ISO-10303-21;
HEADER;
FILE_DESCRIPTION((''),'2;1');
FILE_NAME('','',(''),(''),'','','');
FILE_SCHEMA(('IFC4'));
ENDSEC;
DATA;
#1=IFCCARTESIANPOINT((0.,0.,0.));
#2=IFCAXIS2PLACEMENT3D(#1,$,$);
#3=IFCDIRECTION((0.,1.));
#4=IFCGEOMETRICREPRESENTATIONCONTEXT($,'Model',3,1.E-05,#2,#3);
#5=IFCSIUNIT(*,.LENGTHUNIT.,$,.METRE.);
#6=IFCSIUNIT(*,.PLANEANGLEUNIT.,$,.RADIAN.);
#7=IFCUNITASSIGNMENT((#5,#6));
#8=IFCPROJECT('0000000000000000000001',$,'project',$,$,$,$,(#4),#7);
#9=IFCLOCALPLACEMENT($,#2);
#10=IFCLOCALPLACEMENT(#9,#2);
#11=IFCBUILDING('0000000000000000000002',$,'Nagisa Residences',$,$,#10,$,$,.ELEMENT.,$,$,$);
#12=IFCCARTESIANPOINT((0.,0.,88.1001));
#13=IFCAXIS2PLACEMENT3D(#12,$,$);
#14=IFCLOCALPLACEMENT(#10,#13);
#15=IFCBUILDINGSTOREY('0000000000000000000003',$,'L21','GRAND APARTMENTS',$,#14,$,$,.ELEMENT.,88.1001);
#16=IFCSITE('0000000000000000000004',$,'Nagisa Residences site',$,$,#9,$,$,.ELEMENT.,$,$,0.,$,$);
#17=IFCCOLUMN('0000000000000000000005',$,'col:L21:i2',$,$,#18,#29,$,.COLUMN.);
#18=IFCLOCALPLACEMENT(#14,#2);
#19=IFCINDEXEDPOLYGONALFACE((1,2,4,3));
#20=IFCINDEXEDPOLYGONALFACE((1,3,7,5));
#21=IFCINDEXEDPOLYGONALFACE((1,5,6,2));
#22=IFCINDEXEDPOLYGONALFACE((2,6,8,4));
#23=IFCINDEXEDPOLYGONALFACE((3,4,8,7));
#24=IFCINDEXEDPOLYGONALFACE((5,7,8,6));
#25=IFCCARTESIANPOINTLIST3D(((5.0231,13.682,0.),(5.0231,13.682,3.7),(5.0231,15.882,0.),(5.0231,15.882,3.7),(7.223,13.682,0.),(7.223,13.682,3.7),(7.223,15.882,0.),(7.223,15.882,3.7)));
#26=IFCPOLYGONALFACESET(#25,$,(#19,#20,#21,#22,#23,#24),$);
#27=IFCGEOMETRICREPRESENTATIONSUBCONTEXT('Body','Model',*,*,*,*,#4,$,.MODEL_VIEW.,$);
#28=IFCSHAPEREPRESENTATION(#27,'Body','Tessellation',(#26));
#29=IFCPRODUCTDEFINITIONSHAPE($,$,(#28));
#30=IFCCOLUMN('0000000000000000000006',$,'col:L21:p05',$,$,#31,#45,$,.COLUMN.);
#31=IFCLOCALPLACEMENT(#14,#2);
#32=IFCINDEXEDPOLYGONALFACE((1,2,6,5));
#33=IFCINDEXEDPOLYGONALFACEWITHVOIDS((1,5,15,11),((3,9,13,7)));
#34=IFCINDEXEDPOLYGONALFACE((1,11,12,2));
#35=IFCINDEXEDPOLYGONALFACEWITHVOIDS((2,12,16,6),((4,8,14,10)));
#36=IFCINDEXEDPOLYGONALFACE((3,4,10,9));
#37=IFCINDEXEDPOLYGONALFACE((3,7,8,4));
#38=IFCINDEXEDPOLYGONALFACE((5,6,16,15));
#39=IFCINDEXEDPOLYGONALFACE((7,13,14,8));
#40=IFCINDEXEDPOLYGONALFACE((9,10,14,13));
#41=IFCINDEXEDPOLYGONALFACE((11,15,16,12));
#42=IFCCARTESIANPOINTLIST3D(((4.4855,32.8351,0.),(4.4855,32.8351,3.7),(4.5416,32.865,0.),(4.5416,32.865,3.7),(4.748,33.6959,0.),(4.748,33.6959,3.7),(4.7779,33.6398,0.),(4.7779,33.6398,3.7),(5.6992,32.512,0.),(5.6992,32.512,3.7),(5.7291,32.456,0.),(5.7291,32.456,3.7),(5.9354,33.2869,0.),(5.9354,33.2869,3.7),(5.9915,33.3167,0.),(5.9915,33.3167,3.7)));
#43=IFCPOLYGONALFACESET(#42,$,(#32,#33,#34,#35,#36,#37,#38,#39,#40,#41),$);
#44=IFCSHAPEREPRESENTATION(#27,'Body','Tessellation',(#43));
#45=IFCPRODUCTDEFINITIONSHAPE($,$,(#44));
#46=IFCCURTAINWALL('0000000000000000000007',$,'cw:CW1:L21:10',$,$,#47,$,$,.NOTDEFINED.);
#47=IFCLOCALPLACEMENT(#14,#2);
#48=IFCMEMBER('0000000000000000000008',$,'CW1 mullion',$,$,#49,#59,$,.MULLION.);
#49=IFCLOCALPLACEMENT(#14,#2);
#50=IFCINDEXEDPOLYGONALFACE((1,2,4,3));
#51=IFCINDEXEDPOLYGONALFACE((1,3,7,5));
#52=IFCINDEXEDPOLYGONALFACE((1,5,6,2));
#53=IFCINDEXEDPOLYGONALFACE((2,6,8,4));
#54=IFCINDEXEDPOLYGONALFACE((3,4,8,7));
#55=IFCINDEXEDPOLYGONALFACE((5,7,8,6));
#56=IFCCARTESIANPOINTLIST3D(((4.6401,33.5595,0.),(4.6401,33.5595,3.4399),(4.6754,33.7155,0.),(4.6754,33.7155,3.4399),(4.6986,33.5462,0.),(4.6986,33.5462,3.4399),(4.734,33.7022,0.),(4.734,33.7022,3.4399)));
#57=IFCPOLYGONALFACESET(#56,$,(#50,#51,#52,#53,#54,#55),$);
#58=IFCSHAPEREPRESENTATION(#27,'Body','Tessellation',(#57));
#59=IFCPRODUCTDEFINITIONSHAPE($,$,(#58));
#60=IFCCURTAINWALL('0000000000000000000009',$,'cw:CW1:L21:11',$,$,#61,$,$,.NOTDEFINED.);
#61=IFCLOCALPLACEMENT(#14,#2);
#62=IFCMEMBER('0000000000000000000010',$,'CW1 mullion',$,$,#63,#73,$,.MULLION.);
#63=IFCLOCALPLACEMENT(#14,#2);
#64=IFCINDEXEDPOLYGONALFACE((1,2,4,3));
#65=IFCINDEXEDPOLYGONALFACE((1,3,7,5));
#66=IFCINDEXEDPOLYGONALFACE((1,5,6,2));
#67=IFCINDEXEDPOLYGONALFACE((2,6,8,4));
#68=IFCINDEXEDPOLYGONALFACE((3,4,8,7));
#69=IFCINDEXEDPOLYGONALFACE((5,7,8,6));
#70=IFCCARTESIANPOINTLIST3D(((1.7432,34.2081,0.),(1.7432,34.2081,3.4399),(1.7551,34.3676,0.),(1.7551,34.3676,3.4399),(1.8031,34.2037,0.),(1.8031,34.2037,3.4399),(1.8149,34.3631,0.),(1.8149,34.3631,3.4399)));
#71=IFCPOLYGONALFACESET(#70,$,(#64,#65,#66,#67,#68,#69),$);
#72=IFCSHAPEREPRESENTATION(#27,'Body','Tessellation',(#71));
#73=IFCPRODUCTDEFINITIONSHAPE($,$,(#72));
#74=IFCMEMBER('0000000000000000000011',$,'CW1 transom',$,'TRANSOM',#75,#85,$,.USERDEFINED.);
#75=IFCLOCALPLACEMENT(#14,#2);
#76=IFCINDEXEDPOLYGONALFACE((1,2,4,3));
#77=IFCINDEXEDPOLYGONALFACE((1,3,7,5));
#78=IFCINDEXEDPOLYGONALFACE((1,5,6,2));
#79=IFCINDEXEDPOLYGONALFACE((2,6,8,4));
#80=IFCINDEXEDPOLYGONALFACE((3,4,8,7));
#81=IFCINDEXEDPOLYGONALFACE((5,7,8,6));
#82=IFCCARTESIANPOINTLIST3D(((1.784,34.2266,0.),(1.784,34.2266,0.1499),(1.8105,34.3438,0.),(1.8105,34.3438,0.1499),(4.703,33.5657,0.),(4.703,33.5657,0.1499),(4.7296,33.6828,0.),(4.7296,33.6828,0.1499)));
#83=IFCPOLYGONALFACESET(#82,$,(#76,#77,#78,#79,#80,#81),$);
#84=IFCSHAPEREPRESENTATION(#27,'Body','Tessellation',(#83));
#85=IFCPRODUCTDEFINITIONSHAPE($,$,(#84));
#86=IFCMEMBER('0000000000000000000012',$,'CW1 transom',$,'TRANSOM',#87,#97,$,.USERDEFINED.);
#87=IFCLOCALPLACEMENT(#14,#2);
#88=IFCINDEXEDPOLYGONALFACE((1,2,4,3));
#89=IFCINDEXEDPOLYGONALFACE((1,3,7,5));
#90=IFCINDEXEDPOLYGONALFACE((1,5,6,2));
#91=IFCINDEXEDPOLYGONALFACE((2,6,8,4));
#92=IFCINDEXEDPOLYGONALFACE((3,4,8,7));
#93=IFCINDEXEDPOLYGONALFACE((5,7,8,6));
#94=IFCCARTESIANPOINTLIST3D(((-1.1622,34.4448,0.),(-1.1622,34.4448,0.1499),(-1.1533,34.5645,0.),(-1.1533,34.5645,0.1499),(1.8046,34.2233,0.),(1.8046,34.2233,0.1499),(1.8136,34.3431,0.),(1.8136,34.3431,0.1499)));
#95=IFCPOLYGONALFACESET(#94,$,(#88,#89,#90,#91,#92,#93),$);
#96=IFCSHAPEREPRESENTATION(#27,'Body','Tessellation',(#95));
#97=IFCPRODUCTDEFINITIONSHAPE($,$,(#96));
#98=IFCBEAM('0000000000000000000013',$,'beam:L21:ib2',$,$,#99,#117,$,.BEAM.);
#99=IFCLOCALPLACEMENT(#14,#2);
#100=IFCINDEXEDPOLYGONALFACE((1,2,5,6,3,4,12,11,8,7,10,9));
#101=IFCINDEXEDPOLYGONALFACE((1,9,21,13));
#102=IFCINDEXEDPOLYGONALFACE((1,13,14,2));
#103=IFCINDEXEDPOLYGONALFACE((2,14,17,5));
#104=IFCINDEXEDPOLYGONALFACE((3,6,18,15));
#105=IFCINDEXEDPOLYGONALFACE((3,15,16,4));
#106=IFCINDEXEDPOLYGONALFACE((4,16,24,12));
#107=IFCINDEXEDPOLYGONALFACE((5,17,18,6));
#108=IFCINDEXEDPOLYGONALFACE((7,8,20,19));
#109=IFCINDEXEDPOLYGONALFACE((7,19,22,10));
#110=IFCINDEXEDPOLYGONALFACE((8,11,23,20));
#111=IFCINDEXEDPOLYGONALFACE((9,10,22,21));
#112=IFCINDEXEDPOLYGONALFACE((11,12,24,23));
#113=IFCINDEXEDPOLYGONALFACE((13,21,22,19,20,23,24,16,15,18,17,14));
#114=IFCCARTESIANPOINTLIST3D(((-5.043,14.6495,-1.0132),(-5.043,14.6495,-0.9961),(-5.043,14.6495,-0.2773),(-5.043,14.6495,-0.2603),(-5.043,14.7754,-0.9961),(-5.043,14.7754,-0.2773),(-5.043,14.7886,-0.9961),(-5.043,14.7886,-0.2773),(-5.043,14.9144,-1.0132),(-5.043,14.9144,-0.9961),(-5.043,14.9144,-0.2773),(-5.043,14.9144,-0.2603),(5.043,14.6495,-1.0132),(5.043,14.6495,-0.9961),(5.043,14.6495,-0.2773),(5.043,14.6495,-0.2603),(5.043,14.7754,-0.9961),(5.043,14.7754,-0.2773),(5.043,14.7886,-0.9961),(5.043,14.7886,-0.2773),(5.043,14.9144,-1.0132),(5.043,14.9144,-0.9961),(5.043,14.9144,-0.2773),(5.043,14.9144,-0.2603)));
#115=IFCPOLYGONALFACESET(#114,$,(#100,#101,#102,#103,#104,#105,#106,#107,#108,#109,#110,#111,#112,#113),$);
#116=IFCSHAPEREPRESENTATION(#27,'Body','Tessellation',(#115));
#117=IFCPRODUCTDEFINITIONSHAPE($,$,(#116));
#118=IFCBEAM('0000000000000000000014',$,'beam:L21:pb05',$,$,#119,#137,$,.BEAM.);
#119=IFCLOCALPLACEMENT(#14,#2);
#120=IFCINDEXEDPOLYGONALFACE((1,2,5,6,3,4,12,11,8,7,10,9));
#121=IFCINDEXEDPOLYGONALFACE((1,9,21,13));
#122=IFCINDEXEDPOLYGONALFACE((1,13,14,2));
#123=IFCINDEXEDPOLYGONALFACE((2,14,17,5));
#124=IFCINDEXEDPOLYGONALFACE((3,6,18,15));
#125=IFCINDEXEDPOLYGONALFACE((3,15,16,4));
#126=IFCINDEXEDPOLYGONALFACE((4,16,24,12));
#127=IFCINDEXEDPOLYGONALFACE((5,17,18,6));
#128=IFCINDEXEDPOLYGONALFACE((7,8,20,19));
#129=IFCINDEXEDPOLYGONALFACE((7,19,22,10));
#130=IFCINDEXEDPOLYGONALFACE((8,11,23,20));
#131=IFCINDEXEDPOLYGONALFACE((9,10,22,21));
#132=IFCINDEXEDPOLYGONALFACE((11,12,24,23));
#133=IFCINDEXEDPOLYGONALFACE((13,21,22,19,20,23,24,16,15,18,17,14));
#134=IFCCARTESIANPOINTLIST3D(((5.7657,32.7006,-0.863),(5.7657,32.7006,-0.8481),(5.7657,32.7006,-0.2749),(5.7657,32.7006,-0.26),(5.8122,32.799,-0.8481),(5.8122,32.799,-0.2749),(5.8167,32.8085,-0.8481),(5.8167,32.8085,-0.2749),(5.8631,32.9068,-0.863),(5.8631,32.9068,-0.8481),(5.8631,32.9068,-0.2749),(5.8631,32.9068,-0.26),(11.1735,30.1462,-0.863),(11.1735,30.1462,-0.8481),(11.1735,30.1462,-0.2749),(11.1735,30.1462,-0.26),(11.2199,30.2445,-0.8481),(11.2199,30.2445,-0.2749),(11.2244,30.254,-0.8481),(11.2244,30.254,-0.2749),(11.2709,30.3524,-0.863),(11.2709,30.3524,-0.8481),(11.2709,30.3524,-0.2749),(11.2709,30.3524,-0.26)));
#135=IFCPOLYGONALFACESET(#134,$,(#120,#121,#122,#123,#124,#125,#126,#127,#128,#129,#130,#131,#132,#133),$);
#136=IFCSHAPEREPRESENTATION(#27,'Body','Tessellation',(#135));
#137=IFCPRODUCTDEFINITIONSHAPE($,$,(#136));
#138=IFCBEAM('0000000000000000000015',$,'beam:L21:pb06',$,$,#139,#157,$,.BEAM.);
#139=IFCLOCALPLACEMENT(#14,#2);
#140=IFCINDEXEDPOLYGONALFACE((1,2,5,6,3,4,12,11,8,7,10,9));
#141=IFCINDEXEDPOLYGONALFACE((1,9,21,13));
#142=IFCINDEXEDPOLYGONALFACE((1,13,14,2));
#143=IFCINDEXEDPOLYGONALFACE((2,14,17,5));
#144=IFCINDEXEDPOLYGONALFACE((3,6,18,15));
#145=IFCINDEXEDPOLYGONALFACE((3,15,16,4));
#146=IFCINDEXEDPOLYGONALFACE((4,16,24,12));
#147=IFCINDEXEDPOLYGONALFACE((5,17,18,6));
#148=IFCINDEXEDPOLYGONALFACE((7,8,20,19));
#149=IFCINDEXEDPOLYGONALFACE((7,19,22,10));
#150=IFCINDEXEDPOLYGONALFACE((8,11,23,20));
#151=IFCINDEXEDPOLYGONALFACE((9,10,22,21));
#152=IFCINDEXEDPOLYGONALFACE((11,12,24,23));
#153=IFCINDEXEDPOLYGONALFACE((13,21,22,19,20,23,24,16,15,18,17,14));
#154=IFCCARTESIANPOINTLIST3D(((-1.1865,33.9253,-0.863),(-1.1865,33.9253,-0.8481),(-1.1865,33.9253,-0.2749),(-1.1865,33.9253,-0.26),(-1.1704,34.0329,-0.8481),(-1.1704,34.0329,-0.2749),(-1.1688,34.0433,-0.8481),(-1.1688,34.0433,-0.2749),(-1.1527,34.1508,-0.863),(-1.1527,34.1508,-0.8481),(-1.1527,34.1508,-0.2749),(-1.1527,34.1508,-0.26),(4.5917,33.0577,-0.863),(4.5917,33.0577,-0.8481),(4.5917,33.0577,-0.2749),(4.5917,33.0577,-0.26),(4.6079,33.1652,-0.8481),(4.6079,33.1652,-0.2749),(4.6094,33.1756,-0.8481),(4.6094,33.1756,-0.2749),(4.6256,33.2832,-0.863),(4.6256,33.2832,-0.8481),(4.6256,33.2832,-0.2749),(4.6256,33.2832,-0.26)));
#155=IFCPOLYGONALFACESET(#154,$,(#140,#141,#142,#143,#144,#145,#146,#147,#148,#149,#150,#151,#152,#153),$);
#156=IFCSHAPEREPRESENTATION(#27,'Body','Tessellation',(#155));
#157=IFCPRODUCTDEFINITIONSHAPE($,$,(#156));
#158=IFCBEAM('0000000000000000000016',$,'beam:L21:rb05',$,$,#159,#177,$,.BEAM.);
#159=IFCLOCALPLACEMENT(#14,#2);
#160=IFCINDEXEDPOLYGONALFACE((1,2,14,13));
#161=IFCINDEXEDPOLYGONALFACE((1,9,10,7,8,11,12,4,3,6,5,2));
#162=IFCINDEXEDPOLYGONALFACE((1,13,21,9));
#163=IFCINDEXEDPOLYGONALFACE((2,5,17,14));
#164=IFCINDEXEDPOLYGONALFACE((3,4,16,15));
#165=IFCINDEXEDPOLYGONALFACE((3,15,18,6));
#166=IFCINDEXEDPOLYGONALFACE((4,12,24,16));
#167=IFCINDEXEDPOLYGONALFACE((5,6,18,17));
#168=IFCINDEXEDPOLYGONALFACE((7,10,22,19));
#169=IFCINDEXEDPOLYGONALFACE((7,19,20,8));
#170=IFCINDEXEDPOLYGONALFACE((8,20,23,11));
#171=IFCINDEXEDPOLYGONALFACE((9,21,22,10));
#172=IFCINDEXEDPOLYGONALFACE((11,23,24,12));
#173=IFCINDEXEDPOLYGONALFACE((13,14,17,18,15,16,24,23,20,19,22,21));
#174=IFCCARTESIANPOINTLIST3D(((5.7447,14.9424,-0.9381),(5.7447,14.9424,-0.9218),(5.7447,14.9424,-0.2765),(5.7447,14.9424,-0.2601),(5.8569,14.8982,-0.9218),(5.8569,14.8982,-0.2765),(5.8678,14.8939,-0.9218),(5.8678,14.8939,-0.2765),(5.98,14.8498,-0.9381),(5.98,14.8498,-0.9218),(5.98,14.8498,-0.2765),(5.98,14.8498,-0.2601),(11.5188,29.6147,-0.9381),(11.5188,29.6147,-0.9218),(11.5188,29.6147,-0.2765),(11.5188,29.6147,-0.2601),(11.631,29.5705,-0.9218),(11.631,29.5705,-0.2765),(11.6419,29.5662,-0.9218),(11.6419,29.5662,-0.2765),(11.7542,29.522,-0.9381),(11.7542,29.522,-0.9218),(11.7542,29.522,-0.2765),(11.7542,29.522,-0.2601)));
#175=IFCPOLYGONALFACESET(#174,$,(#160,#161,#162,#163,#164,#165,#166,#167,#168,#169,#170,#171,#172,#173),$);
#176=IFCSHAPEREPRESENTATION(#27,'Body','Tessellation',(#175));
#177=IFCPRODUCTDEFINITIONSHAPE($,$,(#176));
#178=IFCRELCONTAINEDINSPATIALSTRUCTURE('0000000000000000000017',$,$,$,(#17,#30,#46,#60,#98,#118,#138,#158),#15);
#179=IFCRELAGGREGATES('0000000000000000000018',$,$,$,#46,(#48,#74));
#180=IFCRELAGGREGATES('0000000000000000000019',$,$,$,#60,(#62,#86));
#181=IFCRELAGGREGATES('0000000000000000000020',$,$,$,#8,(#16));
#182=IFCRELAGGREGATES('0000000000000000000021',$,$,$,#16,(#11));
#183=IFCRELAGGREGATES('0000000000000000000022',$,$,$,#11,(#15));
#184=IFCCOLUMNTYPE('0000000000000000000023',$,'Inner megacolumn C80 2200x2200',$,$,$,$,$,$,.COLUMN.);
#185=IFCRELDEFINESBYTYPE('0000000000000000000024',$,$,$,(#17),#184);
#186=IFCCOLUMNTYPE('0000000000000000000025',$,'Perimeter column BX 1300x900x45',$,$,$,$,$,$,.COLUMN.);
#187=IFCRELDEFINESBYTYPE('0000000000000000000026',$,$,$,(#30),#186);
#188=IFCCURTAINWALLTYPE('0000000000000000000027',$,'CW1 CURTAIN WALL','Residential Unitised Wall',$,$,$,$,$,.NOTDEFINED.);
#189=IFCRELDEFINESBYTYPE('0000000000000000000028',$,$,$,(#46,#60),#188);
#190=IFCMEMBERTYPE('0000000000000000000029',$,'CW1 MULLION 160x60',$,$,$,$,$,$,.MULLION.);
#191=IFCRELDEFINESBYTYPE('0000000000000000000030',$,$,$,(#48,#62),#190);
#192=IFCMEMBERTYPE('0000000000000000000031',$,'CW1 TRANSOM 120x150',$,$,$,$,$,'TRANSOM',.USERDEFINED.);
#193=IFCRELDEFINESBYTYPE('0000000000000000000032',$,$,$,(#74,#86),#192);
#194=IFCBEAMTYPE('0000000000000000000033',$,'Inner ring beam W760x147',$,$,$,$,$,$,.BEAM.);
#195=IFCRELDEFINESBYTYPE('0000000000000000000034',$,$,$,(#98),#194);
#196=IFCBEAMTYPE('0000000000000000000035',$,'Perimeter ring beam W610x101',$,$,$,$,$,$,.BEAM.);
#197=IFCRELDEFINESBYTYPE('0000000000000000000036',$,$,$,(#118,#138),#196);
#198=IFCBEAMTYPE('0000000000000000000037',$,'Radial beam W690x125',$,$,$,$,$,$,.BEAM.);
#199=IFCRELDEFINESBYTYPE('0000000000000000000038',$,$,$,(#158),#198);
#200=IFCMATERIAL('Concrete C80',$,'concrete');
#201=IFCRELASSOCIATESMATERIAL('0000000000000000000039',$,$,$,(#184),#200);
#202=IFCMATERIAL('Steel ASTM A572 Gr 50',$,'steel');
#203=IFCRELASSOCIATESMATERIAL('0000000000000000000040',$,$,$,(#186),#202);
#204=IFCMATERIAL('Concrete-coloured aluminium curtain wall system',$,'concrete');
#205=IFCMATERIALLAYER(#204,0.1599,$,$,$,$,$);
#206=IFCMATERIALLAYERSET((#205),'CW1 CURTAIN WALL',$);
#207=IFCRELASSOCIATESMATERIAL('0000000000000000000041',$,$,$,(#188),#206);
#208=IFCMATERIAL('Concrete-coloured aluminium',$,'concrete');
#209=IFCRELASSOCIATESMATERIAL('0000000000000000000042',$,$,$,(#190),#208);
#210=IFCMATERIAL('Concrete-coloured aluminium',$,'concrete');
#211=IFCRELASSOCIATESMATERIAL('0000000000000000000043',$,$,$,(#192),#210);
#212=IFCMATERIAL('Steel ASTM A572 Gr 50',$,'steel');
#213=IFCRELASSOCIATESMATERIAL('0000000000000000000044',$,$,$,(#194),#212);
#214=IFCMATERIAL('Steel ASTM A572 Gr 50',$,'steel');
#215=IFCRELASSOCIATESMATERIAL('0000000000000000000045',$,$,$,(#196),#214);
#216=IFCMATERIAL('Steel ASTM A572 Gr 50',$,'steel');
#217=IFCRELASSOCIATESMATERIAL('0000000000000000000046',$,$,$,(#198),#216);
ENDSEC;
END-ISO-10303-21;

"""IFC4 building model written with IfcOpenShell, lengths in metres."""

from ifc_helpers import new_model, si_unit, direction, frame, origin, origin_2d, place, context, subcontext, project, spatial, rectangle, hollow_rectangle, i_section, extrude, material, layer, layer_set, material_profile, profile_set, type_object, element, aggregate, save


model = new_model("IFC4")

# Units and contexts
model_context = context("Model", 3, precision=1e-05, world=origin(), true_north=direction((0.0, 1.0)))
body_context = subcontext(model_context, "Body", "Model", "MODEL_VIEW")
ifc_project = project(units=[si_unit("LENGTHUNIT", "METRE"), si_unit("PLANEANGLEUNIT", "RADIAN")], contexts=[model_context])

# Site, building, storey
site_placement = place(None, origin())
site = spatial("IfcSite", under=ifc_project, at=site_placement, Name="Nagisa Residences site", CompositionType="ELEMENT", RefElevation=0.0)
building_placement = place(site_placement, origin())
building = spatial("IfcBuilding", under=site, at=building_placement, Name="Nagisa Residences", CompositionType="ELEMENT")
storey_placement = place(building_placement, frame((0.0, 0.0, 88.1001)))
storey = spatial("IfcBuildingStorey", under=building, at=storey_placement, Name="L21", Description="GRAND APARTMENTS", CompositionType="ELEMENT", Elevation=88.1001)

# Columns
ifc_material_1 = material(Name="Concrete C80", Category="concrete")
ifc_material_profile_1 = material_profile(ifc_material_1, rectangle(XDim=2.2, YDim=2.2, at=origin_2d()), Name="C80 2200x2200")
ifc_profile_set_1 = profile_set([ifc_material_profile_1], Name="Concrete C80")
column_type_1 = type_object("IfcColumnType", Name="Inner megacolumn C80 2200x2200", PredefinedType="COLUMN", material=ifc_profile_set_1)
column_1_placement = place(storey_placement, frame((6.123, 14.782, 0.0), z_axis=(0.0, 0.0, 1.0), x_axis=(1.0, 0.0, 0.0)))
element("IfcColumn", 1, at=column_1_placement, inside=storey, type_object=column_type_1, Name="col:L21:i2", PredefinedType="COLUMN", context=body_context, shape_type="SweptSolid", body=[
    extrude(rectangle(XDim=2.2, YDim=2.2, at=origin_2d()), origin(), (0.0, 0.0, 1.0), 3.7),
])
ifc_material_2 = material(Name="Steel ASTM A572 Gr 50", Category="steel")
ifc_material_profile_2 = material_profile(ifc_material_2, hollow_rectangle(XDim=1.3, YDim=0.8999, WallThickness=0.0449, at=origin_2d()), Name="BX 1300x900x45")
ifc_profile_set_2 = profile_set([ifc_material_profile_2], Name="Steel ASTM A572 Gr 50")
column_type_2 = type_object("IfcColumnType", Name="Perimeter column BX 1300x900x45", PredefinedType="COLUMN", material=ifc_profile_set_2)
column_2_placement = place(storey_placement, frame((5.2385, 33.0759, 0.0), z_axis=(0.0, 0.0, 1.0), x_axis=(-0.956525, 0.291652, 0.0)))
element("IfcColumn", 2, at=column_2_placement, inside=storey, type_object=column_type_2, Name="col:L21:p05", PredefinedType="COLUMN", context=body_context, shape_type="SweptSolid", body=[
    extrude(hollow_rectangle(XDim=1.3, YDim=0.8999, WallThickness=0.0449, at=origin_2d()), origin(), (0.0, 0.0, 1.0), 3.7),
])

# Curtain walls, members
ifc_material_3 = material(Name="Concrete-coloured aluminium curtain wall system", Category="concrete")
ifc_layer_1 = layer(ifc_material_3, 0.1599)
ifc_layer_set_1 = layer_set([ifc_layer_1], Name="CW1 CURTAIN WALL")
curtain_wall_type = type_object("IfcCurtainWallType", Name="CW1 CURTAIN WALL", Description="Residential Unitised Wall", PredefinedType="NOTDEFINED", material=ifc_layer_set_1)
curtain_wall_1_placement = place(storey_placement, origin())
curtain_wall_1 = element("IfcCurtainWall", 3, at=curtain_wall_1_placement, inside=storey, type_object=curtain_wall_type, Name="cw:CW1:L21:10", PredefinedType="NOTDEFINED")
ifc_material_4 = material(Name="Concrete-coloured aluminium", Category="concrete")
ifc_material_profile_3 = material_profile(ifc_material_4, rectangle(XDim=0.1599, YDim=0.0601, at=origin_2d()), Name="CW1 MULLION 160x60")
ifc_profile_set_3 = profile_set([ifc_material_profile_3], Name="Concrete-coloured aluminium")
member_type_1 = type_object("IfcMemberType", Name="CW1 MULLION 160x60", PredefinedType="MULLION", material=ifc_profile_set_3)
member_1_placement = place(storey_placement, frame((4.687, 33.6309, 0.0), z_axis=(0.0, 0.0, 1.0), x_axis=(-0.220764, -0.975327, 0.0)))
member_1 = element("IfcMember", 4, at=member_1_placement, type_object=member_type_1, Name="CW1 mullion", PredefinedType="MULLION", context=body_context, shape_type="SweptSolid", body=[
    extrude(rectangle(XDim=0.1599, YDim=0.0601, at=origin_2d()), origin(), (0.0, 0.0, 1.0), 3.4399),
])
curtain_wall_2_placement = place(storey_placement, origin())
curtain_wall_2 = element("IfcCurtainWall", 5, at=curtain_wall_2_placement, inside=storey, type_object=curtain_wall_type, Name="cw:CW1:L21:11", PredefinedType="NOTDEFINED")
member_2_placement = place(storey_placement, frame((1.7791, 34.2856, 0.0), z_axis=(0.0, 0.0, 1.0), x_axis=(-0.074377, -0.99723, 0.0)))
member_2 = element("IfcMember", 6, at=member_2_placement, type_object=member_type_1, Name="CW1 mullion", PredefinedType="MULLION", context=body_context, shape_type="SweptSolid", body=[
    extrude(rectangle(XDim=0.1599, YDim=0.0601, at=origin_2d()), origin(), (0.0, 0.0, 1.0), 3.4399),
])

# Members
ifc_material_5 = material(Name="Concrete-coloured aluminium", Category="concrete")
ifc_material_profile_4 = material_profile(ifc_material_5, rectangle(XDim=0.1201, YDim=0.1499, at=origin_2d()), Name="CW1 TRANSOM 120x150")
ifc_profile_set_4 = profile_set([ifc_material_profile_4], Name="Concrete-coloured aluminium")
member_type_2 = type_object("IfcMemberType", Name="CW1 TRANSOM 120x150", ElementType="TRANSOM", PredefinedType="USERDEFINED", material=ifc_profile_set_4)
member_3_placement = place(storey_placement, frame((4.7163, 33.6243, 0.075), z_axis=(-0.975314, 0.220824, 0.0), x_axis=(-0.220824, -0.975314, 0.0)))
member_3 = element("IfcMember", 7, at=member_3_placement, type_object=member_type_2, Name="CW1 transom", ObjectType="TRANSOM", PredefinedType="USERDEFINED", context=body_context, shape_type="SweptSolid", body=[
    extrude(rectangle(XDim=0.1201, YDim=0.1499, at=origin_2d()), origin(), (0.0, 0.0, 1.0), 2.9929),
])
member_4_placement = place(storey_placement, frame((1.8091, 34.2832, 0.075), z_axis=(-0.997226, 0.074431, 0.0), x_axis=(-0.074431, -0.997226, 0.0)))
member_4 = element("IfcMember", 8, at=member_4_placement, type_object=member_type_2, Name="CW1 transom", ObjectType="TRANSOM", PredefinedType="USERDEFINED", context=body_context, shape_type="SweptSolid", body=[
    extrude(rectangle(XDim=0.1201, YDim=0.1499, at=origin_2d()), origin(), (0.0, 0.0, 1.0), 2.9751),
])

# Beams
ifc_material_6 = material(Name="Steel ASTM A572 Gr 50", Category="steel")
ifc_material_profile_5 = material_profile(ifc_material_6, i_section(OverallWidth=0.2649, OverallDepth=0.7529, WebThickness=0.0132, FlangeThickness=0.0171, at=origin_2d()), Name="W760x147")
ifc_profile_set_5 = profile_set([ifc_material_profile_5], Name="Steel ASTM A572 Gr 50")
beam_type_1 = type_object("IfcBeamType", Name="Inner ring beam W760x147", PredefinedType="BEAM", material=ifc_profile_set_5)
beam_1_placement = place(storey_placement, frame((5.043, 14.782, -0.6367), z_axis=(-1.0, 0.0, 0.0), x_axis=(0.0, -1.0, 0.0)))
element("IfcBeam", 9, at=beam_1_placement, inside=storey, type_object=beam_type_1, Name="beam:L21:ib2", PredefinedType="BEAM", context=body_context, shape_type="SweptSolid", body=[
    extrude(i_section(OverallWidth=0.2649, OverallDepth=0.7529, WebThickness=0.0132, FlangeThickness=0.0171, at=origin_2d()), origin(), (0.0, 0.0, 1.0), 10.0859),
])
ifc_material_7 = material(Name="Steel ASTM A572 Gr 50", Category="steel")
ifc_material_profile_6 = material_profile(ifc_material_7, i_section(OverallWidth=0.228, OverallDepth=0.603, WebThickness=0.0105, FlangeThickness=0.0149, at=origin_2d()), Name="W610x101")
ifc_profile_set_6 = profile_set([ifc_material_profile_6], Name="Steel ASTM A572 Gr 50")
beam_type_2 = type_object("IfcBeamType", Name="Perimeter ring beam W610x101", PredefinedType="BEAM", material=ifc_profile_set_6)
beam_2_placement = place(storey_placement, frame((11.2222, 30.2493, -0.5615), z_axis=(-0.904197, 0.427116, 0.0), x_axis=(-0.427116, -0.904197, 0.0)))
element("IfcBeam", 10, at=beam_2_placement, inside=storey, type_object=beam_type_2, Name="beam:L21:pb05", PredefinedType="BEAM", context=body_context, shape_type="SweptSolid", body=[
    extrude(i_section(OverallWidth=0.228, OverallDepth=0.603, WebThickness=0.0105, FlangeThickness=0.0149, at=origin_2d()), origin(), (0.0, 0.0, 1.0), 5.9807),
])
beam_3_placement = place(storey_placement, frame((4.6086, 33.1704, -0.5615), z_axis=(-0.988913, 0.148496, 0.0), x_axis=(-0.148496, -0.988913, 0.0)))
element("IfcBeam", 11, at=beam_3_placement, inside=storey, type_object=beam_type_2, Name="beam:L21:pb06", PredefinedType="BEAM", context=body_context, shape_type="SweptSolid", body=[
    extrude(i_section(OverallWidth=0.228, OverallDepth=0.603, WebThickness=0.0105, FlangeThickness=0.0149, at=origin_2d()), origin(), (0.0, 0.0, 1.0), 5.843),
])
ifc_material_8 = material(Name="Steel ASTM A572 Gr 50", Category="steel")
ifc_material_profile_7 = material_profile(ifc_material_8, i_section(OverallWidth=0.2529, OverallDepth=0.678, WebThickness=0.0117, FlangeThickness=0.0164, at=origin_2d()), Name="W690x125")
ifc_profile_set_7 = profile_set([ifc_material_profile_7], Name="Steel ASTM A572 Gr 50")
beam_type_3 = type_object("IfcBeamType", Name="Radial beam W690x125", PredefinedType="BEAM", material=ifc_profile_set_7)
beam_4_placement = place(storey_placement, frame((11.6365, 29.5684, -0.5991), z_axis=(-0.366203, -0.930535, 0.0), x_axis=(0.930535, -0.366203, 0.0)))
element("IfcBeam", 12, at=beam_4_placement, inside=storey, type_object=beam_type_3, Name="beam:L21:rb05", PredefinedType="BEAM", context=body_context, shape_type="SweptSolid", body=[
    extrude(i_section(OverallWidth=0.2529, OverallDepth=0.678, WebThickness=0.0117, FlangeThickness=0.0164, at=origin_2d()), origin(), (0.0, 0.0, 1.0), 15.7676),
])

aggregate(curtain_wall_1, [member_1, member_3])
aggregate(curtain_wall_2, [member_2, member_4])

save(model, "model.ifc")
